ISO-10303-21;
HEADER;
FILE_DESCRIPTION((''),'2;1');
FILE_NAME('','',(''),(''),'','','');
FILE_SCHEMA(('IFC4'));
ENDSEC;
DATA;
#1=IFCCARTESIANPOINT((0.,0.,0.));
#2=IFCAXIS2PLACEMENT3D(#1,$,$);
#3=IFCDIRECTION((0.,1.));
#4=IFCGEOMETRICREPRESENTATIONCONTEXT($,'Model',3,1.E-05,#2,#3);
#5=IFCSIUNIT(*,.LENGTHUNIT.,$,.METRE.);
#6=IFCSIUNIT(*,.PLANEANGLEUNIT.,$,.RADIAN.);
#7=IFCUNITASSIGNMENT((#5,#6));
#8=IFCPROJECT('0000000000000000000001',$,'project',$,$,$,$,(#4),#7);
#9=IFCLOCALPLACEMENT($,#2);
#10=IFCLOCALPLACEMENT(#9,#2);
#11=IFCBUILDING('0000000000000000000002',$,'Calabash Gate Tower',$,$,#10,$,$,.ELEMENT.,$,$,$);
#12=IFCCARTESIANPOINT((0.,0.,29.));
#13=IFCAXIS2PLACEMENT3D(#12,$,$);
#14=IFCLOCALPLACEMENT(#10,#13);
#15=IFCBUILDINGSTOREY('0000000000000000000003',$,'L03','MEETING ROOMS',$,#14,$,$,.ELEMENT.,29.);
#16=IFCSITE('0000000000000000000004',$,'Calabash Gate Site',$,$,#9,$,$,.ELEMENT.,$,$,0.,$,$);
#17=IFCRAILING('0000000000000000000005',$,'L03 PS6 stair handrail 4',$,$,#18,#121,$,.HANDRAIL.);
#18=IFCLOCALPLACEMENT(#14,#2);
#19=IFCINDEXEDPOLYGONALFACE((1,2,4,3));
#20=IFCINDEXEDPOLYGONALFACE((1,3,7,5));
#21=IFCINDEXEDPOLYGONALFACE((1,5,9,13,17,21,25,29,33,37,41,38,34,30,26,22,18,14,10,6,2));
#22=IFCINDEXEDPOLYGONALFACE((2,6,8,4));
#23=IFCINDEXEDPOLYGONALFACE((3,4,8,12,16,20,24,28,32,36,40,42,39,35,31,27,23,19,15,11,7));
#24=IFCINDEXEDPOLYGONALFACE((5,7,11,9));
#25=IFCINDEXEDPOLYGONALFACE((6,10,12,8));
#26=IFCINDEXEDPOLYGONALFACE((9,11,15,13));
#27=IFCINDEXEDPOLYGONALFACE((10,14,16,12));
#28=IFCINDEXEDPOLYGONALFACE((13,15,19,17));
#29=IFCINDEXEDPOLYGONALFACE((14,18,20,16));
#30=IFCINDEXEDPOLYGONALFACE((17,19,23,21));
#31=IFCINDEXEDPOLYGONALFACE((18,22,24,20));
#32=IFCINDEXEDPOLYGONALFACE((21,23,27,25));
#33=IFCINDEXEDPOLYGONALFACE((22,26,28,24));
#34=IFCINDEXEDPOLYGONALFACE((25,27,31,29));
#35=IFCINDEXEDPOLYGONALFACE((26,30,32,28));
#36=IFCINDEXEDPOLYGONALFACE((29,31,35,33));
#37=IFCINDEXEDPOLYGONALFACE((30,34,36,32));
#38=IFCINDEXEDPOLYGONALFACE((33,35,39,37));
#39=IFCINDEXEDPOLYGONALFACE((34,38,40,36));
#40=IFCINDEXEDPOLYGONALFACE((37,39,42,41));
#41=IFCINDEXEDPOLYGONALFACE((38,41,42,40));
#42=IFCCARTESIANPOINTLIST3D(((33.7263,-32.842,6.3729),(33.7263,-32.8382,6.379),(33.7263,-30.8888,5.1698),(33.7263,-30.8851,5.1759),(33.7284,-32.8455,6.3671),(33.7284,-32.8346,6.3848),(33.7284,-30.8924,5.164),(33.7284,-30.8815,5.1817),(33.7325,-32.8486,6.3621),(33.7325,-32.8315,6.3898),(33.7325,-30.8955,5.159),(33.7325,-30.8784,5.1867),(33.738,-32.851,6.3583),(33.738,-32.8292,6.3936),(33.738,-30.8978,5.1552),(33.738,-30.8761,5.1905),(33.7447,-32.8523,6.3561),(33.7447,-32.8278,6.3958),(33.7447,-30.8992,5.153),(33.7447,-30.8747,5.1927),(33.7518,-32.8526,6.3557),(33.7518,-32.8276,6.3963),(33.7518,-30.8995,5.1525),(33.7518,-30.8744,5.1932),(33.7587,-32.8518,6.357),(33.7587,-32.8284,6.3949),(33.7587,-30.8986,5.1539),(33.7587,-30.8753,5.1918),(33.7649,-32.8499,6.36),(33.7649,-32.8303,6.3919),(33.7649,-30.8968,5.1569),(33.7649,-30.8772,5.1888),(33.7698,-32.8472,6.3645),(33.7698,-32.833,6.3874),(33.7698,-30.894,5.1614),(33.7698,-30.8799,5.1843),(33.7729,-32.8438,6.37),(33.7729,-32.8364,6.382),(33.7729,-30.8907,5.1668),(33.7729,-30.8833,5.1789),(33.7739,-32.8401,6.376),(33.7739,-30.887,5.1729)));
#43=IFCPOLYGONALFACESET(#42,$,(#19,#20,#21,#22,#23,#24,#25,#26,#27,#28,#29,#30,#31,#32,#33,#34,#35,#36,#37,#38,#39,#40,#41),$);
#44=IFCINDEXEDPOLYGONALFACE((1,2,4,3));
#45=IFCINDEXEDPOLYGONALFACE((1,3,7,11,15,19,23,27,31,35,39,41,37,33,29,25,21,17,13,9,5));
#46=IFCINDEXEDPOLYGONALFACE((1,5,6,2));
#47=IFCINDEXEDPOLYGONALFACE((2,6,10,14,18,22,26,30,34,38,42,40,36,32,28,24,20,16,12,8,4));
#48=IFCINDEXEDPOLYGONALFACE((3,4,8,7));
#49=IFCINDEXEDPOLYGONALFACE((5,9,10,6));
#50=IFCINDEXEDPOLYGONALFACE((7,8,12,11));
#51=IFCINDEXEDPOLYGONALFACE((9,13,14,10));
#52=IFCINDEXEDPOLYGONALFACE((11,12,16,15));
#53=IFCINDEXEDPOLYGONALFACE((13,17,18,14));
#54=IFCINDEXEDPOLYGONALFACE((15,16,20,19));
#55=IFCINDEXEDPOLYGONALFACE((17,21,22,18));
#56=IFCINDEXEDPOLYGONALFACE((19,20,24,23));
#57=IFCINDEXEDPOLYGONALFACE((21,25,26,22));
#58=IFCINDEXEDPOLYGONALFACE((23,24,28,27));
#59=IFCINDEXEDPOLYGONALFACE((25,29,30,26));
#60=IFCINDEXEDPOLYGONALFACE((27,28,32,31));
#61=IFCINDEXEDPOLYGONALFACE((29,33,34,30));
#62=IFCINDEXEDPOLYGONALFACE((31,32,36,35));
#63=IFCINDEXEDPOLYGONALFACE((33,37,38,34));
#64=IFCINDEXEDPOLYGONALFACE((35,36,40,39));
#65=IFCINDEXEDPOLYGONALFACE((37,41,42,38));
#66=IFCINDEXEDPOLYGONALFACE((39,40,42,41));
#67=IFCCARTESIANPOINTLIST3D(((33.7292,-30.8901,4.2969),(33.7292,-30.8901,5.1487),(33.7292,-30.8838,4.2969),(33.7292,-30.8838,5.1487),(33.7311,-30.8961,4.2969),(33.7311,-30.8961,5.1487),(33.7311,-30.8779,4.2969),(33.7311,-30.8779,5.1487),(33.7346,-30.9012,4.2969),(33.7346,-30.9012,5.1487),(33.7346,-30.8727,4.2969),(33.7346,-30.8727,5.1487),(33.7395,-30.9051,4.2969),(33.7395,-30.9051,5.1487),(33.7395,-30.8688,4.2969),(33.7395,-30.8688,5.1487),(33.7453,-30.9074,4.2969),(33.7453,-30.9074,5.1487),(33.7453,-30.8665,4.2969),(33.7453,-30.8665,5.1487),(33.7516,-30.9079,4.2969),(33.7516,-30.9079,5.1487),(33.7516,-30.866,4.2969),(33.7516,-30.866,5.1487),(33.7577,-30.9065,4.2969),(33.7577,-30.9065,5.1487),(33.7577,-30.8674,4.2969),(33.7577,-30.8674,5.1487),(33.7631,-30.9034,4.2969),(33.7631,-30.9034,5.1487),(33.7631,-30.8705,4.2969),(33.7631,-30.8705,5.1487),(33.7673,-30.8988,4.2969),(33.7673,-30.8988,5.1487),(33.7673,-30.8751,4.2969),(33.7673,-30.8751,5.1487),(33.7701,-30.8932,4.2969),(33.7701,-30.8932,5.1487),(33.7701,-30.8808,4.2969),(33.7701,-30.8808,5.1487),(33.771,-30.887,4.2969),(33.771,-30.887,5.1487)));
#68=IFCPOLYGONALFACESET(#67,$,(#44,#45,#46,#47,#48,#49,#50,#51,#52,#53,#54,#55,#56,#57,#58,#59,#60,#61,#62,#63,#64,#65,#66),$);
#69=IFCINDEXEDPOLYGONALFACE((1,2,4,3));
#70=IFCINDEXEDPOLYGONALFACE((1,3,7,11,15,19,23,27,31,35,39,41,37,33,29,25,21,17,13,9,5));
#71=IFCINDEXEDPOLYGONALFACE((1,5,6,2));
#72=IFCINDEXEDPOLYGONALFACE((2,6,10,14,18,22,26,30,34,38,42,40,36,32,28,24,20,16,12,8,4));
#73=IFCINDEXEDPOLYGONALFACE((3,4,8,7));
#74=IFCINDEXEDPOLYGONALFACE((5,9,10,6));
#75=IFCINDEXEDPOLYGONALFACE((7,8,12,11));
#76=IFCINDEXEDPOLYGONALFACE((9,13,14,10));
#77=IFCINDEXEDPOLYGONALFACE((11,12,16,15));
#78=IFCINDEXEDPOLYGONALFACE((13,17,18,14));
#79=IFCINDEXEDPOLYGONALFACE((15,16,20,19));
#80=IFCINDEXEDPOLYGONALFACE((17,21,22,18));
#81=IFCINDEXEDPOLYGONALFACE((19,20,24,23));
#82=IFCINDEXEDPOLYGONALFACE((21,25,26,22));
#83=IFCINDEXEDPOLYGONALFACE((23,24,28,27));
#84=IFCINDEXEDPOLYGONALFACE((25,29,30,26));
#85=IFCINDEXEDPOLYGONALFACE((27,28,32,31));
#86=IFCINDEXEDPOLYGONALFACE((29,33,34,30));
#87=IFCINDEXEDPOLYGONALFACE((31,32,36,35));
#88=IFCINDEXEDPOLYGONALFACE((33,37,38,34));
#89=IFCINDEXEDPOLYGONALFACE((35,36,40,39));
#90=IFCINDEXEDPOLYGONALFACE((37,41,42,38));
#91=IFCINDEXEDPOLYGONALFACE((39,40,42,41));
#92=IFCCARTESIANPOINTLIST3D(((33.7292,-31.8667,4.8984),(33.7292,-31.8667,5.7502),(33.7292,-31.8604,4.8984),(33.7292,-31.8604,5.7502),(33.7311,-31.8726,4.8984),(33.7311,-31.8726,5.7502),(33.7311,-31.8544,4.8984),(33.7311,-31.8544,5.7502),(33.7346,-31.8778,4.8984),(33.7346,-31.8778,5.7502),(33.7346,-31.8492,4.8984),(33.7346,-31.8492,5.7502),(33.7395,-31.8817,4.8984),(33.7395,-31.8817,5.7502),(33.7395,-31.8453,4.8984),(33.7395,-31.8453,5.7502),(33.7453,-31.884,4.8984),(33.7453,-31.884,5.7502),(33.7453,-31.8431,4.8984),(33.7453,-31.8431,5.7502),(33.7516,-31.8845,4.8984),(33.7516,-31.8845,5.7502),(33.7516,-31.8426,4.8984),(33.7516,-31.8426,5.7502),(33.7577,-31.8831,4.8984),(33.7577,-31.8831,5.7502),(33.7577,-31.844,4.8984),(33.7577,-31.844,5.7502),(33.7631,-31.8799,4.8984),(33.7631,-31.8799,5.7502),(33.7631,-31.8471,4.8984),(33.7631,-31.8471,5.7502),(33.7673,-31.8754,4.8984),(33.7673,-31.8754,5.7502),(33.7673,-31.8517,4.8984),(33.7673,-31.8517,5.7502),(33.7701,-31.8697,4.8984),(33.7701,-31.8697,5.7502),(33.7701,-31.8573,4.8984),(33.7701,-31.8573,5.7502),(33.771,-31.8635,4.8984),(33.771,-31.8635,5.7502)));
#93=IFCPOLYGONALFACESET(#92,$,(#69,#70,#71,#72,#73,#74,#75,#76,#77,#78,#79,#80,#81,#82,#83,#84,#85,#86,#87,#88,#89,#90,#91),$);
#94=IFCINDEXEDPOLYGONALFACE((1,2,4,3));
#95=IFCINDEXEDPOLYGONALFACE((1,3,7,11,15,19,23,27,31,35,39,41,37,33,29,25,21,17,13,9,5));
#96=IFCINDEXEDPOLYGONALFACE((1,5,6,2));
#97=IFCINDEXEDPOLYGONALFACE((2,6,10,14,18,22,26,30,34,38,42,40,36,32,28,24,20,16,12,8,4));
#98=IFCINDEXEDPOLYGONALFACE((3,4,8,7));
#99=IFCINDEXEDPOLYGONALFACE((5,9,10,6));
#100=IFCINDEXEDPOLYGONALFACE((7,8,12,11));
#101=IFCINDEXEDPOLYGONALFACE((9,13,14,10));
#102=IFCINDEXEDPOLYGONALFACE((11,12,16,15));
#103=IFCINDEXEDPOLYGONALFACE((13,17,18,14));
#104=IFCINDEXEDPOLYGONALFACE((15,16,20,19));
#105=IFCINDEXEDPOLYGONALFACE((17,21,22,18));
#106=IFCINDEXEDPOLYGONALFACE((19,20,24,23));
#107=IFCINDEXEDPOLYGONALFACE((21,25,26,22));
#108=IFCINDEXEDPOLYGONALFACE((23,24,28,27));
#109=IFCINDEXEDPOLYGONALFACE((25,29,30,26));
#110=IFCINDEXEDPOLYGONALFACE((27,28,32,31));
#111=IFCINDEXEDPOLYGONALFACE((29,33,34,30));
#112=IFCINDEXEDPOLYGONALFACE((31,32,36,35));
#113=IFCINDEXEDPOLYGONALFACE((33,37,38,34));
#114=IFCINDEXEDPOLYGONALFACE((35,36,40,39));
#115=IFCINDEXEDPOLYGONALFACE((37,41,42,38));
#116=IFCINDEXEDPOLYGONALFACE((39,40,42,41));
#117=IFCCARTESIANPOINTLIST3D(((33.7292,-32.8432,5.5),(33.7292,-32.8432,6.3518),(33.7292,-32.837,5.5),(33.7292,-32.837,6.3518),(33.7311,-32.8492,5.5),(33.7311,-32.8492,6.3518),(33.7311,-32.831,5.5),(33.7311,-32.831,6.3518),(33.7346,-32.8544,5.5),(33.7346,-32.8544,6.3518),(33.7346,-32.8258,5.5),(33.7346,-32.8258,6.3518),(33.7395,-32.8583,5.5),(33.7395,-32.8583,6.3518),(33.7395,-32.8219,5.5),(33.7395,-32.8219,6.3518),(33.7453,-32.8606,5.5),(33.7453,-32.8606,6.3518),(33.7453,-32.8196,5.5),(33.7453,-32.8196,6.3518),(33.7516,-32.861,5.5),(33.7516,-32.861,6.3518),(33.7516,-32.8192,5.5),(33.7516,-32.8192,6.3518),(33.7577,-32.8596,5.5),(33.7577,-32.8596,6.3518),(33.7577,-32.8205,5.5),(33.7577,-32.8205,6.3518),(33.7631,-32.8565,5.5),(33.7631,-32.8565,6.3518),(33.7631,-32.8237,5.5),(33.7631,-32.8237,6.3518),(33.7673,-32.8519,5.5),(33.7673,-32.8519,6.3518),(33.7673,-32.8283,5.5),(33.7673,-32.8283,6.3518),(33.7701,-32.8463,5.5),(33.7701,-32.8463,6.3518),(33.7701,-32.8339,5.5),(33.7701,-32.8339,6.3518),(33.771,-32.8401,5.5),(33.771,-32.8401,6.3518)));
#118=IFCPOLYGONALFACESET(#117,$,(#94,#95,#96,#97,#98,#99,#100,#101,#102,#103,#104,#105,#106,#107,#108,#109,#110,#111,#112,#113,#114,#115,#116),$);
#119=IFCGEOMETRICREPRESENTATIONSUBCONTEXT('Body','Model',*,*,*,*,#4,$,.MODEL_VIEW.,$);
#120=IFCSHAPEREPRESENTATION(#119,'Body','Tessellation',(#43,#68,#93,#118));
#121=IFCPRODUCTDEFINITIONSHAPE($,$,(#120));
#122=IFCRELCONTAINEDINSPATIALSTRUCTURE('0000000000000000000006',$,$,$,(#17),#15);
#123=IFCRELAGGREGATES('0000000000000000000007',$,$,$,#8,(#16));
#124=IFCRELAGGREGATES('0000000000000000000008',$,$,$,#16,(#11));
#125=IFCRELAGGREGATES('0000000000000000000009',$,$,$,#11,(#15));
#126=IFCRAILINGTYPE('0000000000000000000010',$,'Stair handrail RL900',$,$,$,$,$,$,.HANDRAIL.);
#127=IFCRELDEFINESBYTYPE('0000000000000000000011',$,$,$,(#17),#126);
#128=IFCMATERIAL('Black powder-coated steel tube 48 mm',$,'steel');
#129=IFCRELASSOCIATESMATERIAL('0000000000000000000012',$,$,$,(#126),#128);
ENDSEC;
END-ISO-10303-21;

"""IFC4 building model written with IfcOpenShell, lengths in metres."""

from ifc_helpers import new_model, si_unit, direction, frame, origin, origin_2d, place, context, subcontext, project, spatial, circle, extrude, material, type_object, element, save


model = new_model("IFC4")

# Units and contexts
model_context = context("Model", 3, precision=1e-05, world=origin(), true_north=direction((0.0, 1.0)))
body_context = subcontext(model_context, "Body", "Model", "MODEL_VIEW")
ifc_project = project(units=[si_unit("LENGTHUNIT", "METRE"), si_unit("PLANEANGLEUNIT", "RADIAN")], contexts=[model_context])

# Site, building, storey
site_placement = place(None, origin())
site = spatial("IfcSite", under=ifc_project, at=site_placement, Name="Calabash Gate Site", CompositionType="ELEMENT", RefElevation=0.0)
building_placement = place(site_placement, origin())
building = spatial("IfcBuilding", under=site, at=building_placement, Name="Calabash Gate Tower", CompositionType="ELEMENT")
storey_placement = place(building_placement, frame((0.0, 0.0, 29.0)))
storey = spatial("IfcBuildingStorey", under=building, at=storey_placement, Name="L03", Description="MEETING ROOMS", CompositionType="ELEMENT", Elevation=29.0)

# Railing
ifc_material_1 = material(Name="Black powder-coated steel tube 48 mm", Category="steel")
railing_type_1 = type_object("IfcRailingType", Name="Stair handrail RL900", PredefinedType="HANDRAIL", material=ifc_material_1)
railing_1_placement = place(storey_placement, frame((33.75, -30.887, 4.2969)))
element("IfcRailing", 1, at=railing_1_placement, inside=storey, type_object=railing_type_1, Name="L03 PS6 stair handrail 4", PredefinedType="HANDRAIL", context=body_context, shape_type="SweptSolid", body=[
    extrude(circle(Radius=0.0239, at=origin_2d()), frame((0.0, 0.0, 0.876), z_axis=(0.0, -0.851424, 0.524477), x_axis=(1.0, 0.0, 0.0)), (0.0, 0.0, 1.0), 2.2939),
    extrude(circle(Radius=0.021, at=origin_2d()), origin(), (0.0, 0.0, 1.0), 0.8518),
    extrude(circle(Radius=0.021, at=origin_2d()), frame((0.0, -0.9766, 0.6016)), (0.0, 0.0, 1.0), 0.8518),
    extrude(circle(Radius=0.021, at=origin_2d()), frame((0.0, -1.9531, 1.2031)), (0.0, 0.0, 1.0), 0.8518),
])

save(model, "model.ifc")
